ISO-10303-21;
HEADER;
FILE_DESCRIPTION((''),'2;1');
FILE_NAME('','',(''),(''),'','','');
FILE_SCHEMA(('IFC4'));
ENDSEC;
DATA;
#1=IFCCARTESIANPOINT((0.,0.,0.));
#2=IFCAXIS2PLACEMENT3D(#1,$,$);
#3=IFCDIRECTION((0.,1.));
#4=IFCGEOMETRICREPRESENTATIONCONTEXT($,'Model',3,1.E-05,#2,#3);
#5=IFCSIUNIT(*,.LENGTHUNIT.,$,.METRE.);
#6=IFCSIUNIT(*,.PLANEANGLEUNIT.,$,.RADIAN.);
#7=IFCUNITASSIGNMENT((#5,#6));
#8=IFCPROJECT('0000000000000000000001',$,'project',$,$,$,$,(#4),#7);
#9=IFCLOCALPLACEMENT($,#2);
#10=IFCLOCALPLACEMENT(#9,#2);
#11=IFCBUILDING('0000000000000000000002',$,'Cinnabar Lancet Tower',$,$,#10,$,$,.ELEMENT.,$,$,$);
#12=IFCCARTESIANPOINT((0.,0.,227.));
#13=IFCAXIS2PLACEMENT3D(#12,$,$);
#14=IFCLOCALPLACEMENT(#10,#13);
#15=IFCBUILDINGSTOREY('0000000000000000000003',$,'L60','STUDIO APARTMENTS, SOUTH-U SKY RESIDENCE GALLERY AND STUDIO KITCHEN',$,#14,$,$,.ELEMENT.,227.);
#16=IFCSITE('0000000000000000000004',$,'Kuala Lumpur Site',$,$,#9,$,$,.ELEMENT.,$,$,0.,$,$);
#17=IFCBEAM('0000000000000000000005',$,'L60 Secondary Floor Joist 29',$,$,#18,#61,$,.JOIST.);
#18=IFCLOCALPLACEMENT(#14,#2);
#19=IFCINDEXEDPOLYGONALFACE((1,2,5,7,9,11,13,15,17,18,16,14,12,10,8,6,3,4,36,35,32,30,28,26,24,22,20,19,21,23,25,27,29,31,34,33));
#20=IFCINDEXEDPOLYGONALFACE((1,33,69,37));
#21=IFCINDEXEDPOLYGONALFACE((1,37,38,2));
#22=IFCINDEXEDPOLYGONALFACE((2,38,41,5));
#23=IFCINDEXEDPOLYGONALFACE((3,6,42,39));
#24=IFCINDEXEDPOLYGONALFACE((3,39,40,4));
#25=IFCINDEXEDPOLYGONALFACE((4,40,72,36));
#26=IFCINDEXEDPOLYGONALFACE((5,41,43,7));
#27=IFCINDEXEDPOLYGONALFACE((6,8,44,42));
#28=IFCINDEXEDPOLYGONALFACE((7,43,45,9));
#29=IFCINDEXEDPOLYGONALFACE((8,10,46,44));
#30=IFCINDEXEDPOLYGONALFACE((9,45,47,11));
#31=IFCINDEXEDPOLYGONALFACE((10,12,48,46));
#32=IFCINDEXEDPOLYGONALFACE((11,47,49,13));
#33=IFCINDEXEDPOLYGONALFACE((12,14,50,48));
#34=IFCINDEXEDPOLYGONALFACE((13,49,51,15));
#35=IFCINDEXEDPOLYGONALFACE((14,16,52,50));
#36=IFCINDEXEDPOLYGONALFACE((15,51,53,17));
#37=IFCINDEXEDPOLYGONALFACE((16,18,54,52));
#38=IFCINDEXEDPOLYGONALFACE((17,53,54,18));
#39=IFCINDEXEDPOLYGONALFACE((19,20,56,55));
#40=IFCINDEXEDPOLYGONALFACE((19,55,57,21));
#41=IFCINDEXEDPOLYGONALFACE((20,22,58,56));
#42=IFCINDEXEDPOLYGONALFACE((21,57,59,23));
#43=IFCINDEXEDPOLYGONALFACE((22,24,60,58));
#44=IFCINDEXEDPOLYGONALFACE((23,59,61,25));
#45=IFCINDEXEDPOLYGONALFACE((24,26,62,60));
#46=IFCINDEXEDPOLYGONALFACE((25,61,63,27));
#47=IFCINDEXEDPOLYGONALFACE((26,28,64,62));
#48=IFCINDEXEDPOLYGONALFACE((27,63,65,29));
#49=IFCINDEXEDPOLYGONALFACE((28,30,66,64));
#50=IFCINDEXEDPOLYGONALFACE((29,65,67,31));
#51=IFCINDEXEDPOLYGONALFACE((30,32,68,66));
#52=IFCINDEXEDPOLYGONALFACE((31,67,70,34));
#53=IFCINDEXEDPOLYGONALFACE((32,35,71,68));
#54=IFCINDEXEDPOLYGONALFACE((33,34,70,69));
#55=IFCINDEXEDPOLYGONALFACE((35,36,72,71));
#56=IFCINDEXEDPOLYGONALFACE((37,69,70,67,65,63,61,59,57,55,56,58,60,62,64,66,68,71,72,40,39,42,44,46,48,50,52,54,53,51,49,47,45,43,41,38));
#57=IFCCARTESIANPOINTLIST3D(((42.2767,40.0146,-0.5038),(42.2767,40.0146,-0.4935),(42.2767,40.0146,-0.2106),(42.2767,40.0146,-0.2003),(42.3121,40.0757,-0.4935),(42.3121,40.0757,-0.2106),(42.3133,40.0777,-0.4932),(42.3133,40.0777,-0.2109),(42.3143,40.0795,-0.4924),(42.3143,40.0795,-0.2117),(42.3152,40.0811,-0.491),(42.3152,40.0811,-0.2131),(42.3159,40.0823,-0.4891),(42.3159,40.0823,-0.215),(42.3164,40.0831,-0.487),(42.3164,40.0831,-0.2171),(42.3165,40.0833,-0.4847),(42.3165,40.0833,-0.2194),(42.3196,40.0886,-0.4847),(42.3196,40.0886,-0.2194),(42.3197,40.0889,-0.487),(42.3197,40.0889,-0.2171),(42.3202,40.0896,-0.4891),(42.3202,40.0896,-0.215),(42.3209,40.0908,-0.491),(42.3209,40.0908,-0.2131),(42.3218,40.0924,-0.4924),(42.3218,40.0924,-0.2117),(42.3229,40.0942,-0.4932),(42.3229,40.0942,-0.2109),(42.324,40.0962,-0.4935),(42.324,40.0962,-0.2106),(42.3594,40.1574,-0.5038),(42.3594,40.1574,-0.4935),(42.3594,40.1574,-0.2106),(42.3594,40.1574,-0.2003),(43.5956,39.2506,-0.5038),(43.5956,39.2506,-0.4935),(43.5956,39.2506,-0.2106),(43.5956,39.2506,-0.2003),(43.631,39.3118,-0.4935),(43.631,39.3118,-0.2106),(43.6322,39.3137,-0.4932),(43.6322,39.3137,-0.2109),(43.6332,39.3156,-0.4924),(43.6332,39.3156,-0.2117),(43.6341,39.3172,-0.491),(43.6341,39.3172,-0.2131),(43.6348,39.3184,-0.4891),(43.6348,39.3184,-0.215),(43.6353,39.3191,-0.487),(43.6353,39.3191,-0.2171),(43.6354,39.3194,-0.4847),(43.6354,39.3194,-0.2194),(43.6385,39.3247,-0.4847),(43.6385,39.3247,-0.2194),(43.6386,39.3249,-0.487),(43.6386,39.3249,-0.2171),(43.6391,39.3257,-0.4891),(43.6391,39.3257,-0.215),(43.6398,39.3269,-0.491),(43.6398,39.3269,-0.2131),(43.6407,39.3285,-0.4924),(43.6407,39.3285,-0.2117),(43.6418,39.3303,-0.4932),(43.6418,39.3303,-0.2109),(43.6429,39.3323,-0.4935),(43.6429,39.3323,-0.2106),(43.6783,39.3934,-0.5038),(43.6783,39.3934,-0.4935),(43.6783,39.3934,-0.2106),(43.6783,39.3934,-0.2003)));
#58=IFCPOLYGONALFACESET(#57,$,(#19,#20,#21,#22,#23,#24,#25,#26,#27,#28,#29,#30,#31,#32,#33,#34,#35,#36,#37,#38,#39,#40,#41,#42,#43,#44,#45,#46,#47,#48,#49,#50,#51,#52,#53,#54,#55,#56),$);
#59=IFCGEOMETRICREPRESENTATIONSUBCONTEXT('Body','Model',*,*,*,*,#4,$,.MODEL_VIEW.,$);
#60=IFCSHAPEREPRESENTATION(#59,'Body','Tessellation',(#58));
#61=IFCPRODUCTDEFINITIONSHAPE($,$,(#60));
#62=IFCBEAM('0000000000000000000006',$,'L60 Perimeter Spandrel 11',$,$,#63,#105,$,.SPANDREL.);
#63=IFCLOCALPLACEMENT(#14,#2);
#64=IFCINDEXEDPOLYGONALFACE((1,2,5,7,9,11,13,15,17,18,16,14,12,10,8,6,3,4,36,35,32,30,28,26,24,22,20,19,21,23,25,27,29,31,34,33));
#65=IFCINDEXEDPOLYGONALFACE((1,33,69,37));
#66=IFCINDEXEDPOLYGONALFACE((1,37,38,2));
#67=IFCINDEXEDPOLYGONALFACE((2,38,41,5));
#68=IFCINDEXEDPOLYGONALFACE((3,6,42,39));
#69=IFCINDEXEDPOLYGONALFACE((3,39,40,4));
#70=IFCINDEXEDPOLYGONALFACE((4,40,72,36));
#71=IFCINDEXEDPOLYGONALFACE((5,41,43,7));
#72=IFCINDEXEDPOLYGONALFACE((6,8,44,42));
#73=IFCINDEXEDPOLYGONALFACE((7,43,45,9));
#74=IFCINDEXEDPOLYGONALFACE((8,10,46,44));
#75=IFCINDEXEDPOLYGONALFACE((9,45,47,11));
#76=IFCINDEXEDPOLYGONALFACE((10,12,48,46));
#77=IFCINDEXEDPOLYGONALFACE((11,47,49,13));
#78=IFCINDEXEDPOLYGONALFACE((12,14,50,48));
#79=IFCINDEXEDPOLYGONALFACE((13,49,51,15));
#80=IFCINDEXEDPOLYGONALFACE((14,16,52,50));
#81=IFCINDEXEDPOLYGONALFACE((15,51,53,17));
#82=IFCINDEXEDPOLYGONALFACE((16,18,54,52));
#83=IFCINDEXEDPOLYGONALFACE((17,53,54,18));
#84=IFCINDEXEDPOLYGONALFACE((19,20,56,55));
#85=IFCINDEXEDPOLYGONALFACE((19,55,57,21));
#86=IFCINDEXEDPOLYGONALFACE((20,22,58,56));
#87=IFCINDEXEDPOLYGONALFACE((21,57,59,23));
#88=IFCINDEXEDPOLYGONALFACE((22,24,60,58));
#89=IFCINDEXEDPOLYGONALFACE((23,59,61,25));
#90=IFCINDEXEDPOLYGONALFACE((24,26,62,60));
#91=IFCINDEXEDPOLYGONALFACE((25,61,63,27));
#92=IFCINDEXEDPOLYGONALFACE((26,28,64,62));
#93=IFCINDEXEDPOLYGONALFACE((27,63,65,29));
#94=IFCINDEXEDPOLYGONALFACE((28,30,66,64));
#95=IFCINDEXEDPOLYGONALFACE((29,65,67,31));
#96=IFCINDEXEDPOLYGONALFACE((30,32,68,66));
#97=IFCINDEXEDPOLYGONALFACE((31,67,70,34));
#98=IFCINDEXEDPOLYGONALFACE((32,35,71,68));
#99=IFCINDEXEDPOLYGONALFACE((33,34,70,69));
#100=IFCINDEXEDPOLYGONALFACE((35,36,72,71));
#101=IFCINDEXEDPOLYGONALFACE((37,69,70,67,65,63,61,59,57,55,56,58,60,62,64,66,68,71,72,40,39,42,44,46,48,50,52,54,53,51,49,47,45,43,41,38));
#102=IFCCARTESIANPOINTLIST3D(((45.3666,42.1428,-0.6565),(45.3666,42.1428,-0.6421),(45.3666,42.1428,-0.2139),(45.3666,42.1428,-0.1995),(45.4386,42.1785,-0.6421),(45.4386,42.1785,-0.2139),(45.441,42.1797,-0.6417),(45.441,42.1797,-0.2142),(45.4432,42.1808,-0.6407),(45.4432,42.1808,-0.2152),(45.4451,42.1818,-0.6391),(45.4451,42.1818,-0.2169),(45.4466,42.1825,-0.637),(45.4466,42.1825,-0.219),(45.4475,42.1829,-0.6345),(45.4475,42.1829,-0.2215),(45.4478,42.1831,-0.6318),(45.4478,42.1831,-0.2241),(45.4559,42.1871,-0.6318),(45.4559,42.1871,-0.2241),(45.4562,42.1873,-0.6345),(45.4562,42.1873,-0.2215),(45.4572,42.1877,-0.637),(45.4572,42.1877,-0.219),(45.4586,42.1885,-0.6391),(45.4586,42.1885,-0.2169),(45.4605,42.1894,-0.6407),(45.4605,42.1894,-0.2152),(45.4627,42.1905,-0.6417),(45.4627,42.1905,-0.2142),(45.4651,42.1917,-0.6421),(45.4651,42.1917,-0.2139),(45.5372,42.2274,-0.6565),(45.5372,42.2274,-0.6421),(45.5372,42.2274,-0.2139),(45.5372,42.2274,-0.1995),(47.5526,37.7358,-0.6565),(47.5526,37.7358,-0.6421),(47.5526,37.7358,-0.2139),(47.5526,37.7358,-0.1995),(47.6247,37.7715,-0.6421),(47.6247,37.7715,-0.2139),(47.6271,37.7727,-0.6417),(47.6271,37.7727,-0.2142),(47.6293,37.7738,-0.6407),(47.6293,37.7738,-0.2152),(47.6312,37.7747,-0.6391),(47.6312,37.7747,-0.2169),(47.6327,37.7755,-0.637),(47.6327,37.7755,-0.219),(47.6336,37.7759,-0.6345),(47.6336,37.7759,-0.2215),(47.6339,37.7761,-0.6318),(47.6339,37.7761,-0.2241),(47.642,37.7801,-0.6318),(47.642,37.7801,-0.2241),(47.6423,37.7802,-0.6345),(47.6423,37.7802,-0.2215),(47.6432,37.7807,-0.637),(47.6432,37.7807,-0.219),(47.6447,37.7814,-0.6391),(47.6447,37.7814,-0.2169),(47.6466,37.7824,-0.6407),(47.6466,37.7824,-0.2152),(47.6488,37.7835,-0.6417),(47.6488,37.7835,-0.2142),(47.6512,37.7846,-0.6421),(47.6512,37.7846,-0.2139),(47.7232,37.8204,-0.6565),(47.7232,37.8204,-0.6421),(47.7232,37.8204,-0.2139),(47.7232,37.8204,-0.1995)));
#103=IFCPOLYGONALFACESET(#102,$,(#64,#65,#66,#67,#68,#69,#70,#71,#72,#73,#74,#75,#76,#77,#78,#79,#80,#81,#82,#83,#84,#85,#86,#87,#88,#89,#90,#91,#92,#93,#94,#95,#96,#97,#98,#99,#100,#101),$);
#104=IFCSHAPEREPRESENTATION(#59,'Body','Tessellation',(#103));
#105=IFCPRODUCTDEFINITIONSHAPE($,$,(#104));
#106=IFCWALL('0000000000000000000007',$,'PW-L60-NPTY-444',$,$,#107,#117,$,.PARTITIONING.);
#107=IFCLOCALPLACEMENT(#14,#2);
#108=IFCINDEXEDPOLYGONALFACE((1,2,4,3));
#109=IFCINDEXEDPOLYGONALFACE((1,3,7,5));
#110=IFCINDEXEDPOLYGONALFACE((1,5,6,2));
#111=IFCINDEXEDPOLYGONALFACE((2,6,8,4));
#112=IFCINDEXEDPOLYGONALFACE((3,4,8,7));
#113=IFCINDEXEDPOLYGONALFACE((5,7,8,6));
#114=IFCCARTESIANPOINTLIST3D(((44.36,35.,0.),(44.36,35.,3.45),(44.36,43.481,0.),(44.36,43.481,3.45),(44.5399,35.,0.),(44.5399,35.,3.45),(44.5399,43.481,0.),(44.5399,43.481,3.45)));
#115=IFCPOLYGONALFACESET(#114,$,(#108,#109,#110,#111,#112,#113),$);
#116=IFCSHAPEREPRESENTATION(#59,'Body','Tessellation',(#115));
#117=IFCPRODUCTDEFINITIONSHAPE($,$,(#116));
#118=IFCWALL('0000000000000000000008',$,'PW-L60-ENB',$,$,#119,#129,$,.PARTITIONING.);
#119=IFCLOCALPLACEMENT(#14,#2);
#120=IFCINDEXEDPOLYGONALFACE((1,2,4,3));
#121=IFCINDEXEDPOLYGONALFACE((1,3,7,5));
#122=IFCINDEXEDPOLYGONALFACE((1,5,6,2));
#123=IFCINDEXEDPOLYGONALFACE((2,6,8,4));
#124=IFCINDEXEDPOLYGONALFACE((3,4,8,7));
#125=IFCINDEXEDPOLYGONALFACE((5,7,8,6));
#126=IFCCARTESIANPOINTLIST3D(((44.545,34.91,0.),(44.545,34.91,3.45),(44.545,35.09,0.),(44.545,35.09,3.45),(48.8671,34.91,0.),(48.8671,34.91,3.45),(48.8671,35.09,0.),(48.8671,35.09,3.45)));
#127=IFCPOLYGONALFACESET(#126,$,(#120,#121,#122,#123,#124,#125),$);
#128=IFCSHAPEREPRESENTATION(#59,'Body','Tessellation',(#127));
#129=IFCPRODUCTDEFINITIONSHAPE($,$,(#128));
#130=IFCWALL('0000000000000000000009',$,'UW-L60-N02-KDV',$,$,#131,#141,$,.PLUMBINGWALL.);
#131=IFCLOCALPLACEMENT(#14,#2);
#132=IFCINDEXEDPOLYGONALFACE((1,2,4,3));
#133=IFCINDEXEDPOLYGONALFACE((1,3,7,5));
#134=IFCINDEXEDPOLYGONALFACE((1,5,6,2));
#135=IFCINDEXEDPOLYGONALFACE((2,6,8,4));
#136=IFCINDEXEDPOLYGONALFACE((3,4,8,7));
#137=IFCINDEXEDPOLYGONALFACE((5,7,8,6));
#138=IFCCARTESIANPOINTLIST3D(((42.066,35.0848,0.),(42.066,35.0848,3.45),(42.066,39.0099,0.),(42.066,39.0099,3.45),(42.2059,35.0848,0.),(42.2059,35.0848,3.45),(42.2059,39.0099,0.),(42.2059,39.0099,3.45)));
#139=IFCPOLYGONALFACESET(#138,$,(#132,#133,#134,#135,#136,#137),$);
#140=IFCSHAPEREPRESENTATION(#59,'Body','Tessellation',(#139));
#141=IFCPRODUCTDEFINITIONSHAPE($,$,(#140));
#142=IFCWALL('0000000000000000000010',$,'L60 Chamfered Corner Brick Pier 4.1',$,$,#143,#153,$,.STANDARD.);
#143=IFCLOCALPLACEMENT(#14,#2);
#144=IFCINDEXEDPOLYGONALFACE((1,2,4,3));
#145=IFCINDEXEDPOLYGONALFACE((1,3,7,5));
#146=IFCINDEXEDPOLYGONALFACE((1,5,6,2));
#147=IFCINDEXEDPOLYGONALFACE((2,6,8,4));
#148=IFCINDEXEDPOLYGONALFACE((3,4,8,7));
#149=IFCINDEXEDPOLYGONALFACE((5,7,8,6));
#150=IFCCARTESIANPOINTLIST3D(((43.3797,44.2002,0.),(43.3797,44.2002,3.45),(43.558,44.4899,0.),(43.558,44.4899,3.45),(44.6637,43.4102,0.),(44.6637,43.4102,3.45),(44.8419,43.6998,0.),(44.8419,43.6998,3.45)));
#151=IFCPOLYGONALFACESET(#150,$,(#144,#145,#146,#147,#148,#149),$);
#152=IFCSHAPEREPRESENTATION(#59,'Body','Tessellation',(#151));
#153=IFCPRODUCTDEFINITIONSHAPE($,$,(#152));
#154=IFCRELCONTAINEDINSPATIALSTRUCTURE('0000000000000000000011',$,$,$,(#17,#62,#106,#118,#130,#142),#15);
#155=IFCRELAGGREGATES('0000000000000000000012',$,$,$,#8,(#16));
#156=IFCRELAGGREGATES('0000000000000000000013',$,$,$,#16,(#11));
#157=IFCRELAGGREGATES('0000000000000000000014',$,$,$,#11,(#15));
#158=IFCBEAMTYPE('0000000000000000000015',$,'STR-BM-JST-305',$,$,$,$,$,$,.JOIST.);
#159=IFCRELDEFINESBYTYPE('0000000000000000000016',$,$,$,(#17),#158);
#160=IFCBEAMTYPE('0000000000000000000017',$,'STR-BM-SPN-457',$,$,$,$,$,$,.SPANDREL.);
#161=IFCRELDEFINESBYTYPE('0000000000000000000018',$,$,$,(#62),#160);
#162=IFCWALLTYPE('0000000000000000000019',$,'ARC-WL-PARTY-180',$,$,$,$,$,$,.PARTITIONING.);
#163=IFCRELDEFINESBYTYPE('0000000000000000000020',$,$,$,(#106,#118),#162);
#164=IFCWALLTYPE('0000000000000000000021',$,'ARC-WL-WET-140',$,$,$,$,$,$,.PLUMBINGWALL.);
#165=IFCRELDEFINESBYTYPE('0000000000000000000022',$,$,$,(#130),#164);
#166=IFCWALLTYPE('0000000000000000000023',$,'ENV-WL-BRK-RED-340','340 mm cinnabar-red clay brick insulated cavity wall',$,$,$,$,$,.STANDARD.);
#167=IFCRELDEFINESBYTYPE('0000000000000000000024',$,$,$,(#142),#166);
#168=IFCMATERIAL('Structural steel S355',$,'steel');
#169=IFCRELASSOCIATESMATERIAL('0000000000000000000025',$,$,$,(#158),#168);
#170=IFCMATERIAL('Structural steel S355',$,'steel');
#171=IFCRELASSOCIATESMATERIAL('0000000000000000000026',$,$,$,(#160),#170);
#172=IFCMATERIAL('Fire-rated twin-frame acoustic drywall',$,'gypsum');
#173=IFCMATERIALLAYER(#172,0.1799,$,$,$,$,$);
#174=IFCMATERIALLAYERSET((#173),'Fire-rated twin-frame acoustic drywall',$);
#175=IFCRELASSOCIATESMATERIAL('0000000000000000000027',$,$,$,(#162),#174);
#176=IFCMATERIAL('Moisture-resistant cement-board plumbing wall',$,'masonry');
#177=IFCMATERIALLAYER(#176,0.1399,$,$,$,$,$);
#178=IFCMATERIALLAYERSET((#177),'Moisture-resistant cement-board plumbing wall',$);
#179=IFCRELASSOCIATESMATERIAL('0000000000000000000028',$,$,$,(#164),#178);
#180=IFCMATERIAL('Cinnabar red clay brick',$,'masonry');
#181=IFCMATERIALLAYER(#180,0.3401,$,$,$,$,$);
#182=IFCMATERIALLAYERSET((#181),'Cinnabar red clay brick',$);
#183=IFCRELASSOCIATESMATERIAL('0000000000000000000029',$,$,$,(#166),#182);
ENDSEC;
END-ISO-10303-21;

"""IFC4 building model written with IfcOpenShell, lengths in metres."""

from ifc_helpers import new_model, si_unit, direction, frame, frame_2d, origin, origin_2d, place, context, subcontext, project, spatial, rectangle, i_section, extrude, material, layer, layer_set, material_profile, profile_set, type_object, element, save


model = new_model("IFC4")

# Units and contexts
model_context = context("Model", 3, precision=1e-05, world=origin(), true_north=direction((0.0, 1.0)))
body_context = subcontext(model_context, "Body", "Model", "MODEL_VIEW")
ifc_project = project(units=[si_unit("LENGTHUNIT", "METRE"), si_unit("PLANEANGLEUNIT", "RADIAN")], contexts=[model_context])

# Site, building, storey
site_placement = place(None, origin())
site = spatial("IfcSite", under=ifc_project, at=site_placement, Name="Kuala Lumpur Site", CompositionType="ELEMENT", RefElevation=0.0)
building_placement = place(site_placement, origin())
building = spatial("IfcBuilding", under=site, at=building_placement, Name="Cinnabar Lancet Tower", CompositionType="ELEMENT")
storey_placement = place(building_placement, frame((0.0, 0.0, 227.0)))
storey = spatial("IfcBuildingStorey", under=building, at=storey_placement, Name="L60", Description="STUDIO APARTMENTS, SOUTH-U SKY RESIDENCE GALLERY AND STUDIO KITCHEN", CompositionType="ELEMENT", Elevation=227.0)

# Beams
ifc_material_1 = material(Name="Structural steel S355", Category="steel")
ifc_material_profile_1 = material_profile(ifc_material_1, i_section(OverallWidth=0.165, OverallDepth=0.3035, WebThickness=0.0061, FlangeThickness=0.0103, FilletRadius=0.0088, at=origin_2d()), Name="UKB 305x165x40")
ifc_profile_set_1 = profile_set([ifc_material_profile_1], Name="Structural steel S355")
beam_type_1 = type_object("IfcBeamType", Name="STR-BM-JST-305", PredefinedType="JOIST", material=ifc_profile_set_1)
beam_1_placement = place(storey_placement, frame((43.637, 39.322, -0.3521), z_axis=(-0.86532, 0.501219, 0.0), x_axis=(-0.501219, -0.86532, 0.0)))
element("IfcBeam", 1, at=beam_1_placement, inside=storey, type_object=beam_type_1, Name="L60 Secondary Floor Joist 29", PredefinedType="JOIST", context=body_context, shape_type="SweptSolid", body=[
    extrude(i_section(OverallWidth=0.165, OverallDepth=0.3035, WebThickness=0.0061, FlangeThickness=0.0103, FilletRadius=0.0088, at=origin_2d()), origin(), (0.0, 0.0, 1.0), 1.5242),
])
ifc_material_2 = material(Name="Structural steel S355", Category="steel")
ifc_material_profile_2 = material_profile(ifc_material_2, i_section(OverallWidth=0.1904, OverallDepth=0.457, WebThickness=0.009, FlangeThickness=0.0144, FilletRadius=0.0103, at=origin_2d()), Name="UKB 457x191x74")
ifc_profile_set_2 = profile_set([ifc_material_profile_2], Name="Structural steel S355")
beam_type_2 = type_object("IfcBeamType", Name="STR-BM-SPN-457", PredefinedType="SPANDREL", material=ifc_profile_set_2)
beam_2_placement = place(storey_placement, frame((47.6379, 37.7781, -0.428), z_axis=(-0.444373, 0.895842, 0.0), x_axis=(-0.895842, -0.444373, 0.0)))
element("IfcBeam", 2, at=beam_2_placement, inside=storey, type_object=beam_type_2, Name="L60 Perimeter Spandrel 11", PredefinedType="SPANDREL", context=body_context, shape_type="SweptSolid", body=[
    extrude(i_section(OverallWidth=0.1904, OverallDepth=0.457, WebThickness=0.009, FlangeThickness=0.0144, FilletRadius=0.0103, at=origin_2d()), origin(), (0.0, 0.0, 1.0), 4.9194),
])

# Walls
ifc_material_3 = material(Name="Fire-rated twin-frame acoustic drywall", Category="gypsum")
ifc_layer_1 = layer(ifc_material_3, 0.1799)
ifc_layer_set_1 = layer_set([ifc_layer_1], Name="Fire-rated twin-frame acoustic drywall")
wall_type_1 = type_object("IfcWallType", Name="ARC-WL-PARTY-180", PredefinedType="PARTITIONING", material=ifc_layer_set_1)
wall_1_placement = place(storey_placement, frame((44.45, 35.0, 0.0), z_axis=(0.0, 0.0, 1.0), x_axis=(0.0, 1.0, 0.0)))
element("IfcWall", 3, at=wall_1_placement, inside=storey, type_object=wall_type_1, Name="PW-L60-NPTY-444", PredefinedType="PARTITIONING", context=body_context, shape_type="SweptSolid", body=[
    extrude(rectangle(XDim=8.481, YDim=0.1799, at=frame_2d((4.2405, 0.0))), origin(), (0.0, 0.0, 1.0), 3.45),
])
wall_2_placement = place(storey_placement, frame((44.5449, 35.0, 0.0), z_axis=(0.0, 0.0, 1.0), x_axis=(1.0, 0.0, 0.0)))
element("IfcWall", 4, at=wall_2_placement, inside=storey, type_object=wall_type_1, Name="PW-L60-ENB", PredefinedType="PARTITIONING", context=body_context, shape_type="SweptSolid", body=[
    extrude(rectangle(XDim=4.322, YDim=0.1799, at=frame_2d((2.1611, 0.0))), origin(), (0.0, 0.0, 1.0), 3.45),
])
ifc_material_4 = material(Name="Moisture-resistant cement-board plumbing wall", Category="masonry")
ifc_layer_2 = layer(ifc_material_4, 0.1399)
ifc_layer_set_2 = layer_set([ifc_layer_2], Name="Moisture-resistant cement-board plumbing wall")
wall_type_2 = type_object("IfcWallType", Name="ARC-WL-WET-140", PredefinedType="PLUMBINGWALL", material=ifc_layer_set_2)
wall_3_placement = place(storey_placement, frame((42.136, 35.085, 0.0), z_axis=(0.0, 0.0, 1.0), x_axis=(0.0, 1.0, 0.0)))
element("IfcWall", 5, at=wall_3_placement, inside=storey, type_object=wall_type_2, Name="UW-L60-N02-KDV", PredefinedType="PLUMBINGWALL", context=body_context, shape_type="SweptSolid", body=[
    extrude(rectangle(XDim=3.925, YDim=0.1399, at=frame_2d((1.9624, 0.0))), origin(), (0.0, 0.0, 1.0), 3.45),
])
ifc_material_5 = material(Name="Cinnabar red clay brick", Category="masonry")
ifc_layer_3 = layer(ifc_material_5, 0.3401)
ifc_layer_set_3 = layer_set([ifc_layer_3], Name="Cinnabar red clay brick")
wall_type_3 = type_object("IfcWallType", Name="ENV-WL-BRK-RED-340", Description="340 mm cinnabar-red clay brick insulated cavity wall", PredefinedType="STANDARD", material=ifc_layer_set_3)
wall_4_placement = place(storey_placement, frame((44.7529, 43.5549, 0.0), z_axis=(0.0, 0.0, 1.0), x_axis=(-0.851681, 0.524061, 0.0)))
element("IfcWall", 6, at=wall_4_placement, inside=storey, type_object=wall_type_3, Name="L60 Chamfered Corner Brick Pier 4.1", PredefinedType="STANDARD", context=body_context, shape_type="SweptSolid", body=[
    extrude(rectangle(XDim=1.5076, YDim=0.3401, at=frame_2d((0.7539, 0.0))), origin(), (0.0, 0.0, 1.0), 3.45),
])

save(model, "model.ifc")
